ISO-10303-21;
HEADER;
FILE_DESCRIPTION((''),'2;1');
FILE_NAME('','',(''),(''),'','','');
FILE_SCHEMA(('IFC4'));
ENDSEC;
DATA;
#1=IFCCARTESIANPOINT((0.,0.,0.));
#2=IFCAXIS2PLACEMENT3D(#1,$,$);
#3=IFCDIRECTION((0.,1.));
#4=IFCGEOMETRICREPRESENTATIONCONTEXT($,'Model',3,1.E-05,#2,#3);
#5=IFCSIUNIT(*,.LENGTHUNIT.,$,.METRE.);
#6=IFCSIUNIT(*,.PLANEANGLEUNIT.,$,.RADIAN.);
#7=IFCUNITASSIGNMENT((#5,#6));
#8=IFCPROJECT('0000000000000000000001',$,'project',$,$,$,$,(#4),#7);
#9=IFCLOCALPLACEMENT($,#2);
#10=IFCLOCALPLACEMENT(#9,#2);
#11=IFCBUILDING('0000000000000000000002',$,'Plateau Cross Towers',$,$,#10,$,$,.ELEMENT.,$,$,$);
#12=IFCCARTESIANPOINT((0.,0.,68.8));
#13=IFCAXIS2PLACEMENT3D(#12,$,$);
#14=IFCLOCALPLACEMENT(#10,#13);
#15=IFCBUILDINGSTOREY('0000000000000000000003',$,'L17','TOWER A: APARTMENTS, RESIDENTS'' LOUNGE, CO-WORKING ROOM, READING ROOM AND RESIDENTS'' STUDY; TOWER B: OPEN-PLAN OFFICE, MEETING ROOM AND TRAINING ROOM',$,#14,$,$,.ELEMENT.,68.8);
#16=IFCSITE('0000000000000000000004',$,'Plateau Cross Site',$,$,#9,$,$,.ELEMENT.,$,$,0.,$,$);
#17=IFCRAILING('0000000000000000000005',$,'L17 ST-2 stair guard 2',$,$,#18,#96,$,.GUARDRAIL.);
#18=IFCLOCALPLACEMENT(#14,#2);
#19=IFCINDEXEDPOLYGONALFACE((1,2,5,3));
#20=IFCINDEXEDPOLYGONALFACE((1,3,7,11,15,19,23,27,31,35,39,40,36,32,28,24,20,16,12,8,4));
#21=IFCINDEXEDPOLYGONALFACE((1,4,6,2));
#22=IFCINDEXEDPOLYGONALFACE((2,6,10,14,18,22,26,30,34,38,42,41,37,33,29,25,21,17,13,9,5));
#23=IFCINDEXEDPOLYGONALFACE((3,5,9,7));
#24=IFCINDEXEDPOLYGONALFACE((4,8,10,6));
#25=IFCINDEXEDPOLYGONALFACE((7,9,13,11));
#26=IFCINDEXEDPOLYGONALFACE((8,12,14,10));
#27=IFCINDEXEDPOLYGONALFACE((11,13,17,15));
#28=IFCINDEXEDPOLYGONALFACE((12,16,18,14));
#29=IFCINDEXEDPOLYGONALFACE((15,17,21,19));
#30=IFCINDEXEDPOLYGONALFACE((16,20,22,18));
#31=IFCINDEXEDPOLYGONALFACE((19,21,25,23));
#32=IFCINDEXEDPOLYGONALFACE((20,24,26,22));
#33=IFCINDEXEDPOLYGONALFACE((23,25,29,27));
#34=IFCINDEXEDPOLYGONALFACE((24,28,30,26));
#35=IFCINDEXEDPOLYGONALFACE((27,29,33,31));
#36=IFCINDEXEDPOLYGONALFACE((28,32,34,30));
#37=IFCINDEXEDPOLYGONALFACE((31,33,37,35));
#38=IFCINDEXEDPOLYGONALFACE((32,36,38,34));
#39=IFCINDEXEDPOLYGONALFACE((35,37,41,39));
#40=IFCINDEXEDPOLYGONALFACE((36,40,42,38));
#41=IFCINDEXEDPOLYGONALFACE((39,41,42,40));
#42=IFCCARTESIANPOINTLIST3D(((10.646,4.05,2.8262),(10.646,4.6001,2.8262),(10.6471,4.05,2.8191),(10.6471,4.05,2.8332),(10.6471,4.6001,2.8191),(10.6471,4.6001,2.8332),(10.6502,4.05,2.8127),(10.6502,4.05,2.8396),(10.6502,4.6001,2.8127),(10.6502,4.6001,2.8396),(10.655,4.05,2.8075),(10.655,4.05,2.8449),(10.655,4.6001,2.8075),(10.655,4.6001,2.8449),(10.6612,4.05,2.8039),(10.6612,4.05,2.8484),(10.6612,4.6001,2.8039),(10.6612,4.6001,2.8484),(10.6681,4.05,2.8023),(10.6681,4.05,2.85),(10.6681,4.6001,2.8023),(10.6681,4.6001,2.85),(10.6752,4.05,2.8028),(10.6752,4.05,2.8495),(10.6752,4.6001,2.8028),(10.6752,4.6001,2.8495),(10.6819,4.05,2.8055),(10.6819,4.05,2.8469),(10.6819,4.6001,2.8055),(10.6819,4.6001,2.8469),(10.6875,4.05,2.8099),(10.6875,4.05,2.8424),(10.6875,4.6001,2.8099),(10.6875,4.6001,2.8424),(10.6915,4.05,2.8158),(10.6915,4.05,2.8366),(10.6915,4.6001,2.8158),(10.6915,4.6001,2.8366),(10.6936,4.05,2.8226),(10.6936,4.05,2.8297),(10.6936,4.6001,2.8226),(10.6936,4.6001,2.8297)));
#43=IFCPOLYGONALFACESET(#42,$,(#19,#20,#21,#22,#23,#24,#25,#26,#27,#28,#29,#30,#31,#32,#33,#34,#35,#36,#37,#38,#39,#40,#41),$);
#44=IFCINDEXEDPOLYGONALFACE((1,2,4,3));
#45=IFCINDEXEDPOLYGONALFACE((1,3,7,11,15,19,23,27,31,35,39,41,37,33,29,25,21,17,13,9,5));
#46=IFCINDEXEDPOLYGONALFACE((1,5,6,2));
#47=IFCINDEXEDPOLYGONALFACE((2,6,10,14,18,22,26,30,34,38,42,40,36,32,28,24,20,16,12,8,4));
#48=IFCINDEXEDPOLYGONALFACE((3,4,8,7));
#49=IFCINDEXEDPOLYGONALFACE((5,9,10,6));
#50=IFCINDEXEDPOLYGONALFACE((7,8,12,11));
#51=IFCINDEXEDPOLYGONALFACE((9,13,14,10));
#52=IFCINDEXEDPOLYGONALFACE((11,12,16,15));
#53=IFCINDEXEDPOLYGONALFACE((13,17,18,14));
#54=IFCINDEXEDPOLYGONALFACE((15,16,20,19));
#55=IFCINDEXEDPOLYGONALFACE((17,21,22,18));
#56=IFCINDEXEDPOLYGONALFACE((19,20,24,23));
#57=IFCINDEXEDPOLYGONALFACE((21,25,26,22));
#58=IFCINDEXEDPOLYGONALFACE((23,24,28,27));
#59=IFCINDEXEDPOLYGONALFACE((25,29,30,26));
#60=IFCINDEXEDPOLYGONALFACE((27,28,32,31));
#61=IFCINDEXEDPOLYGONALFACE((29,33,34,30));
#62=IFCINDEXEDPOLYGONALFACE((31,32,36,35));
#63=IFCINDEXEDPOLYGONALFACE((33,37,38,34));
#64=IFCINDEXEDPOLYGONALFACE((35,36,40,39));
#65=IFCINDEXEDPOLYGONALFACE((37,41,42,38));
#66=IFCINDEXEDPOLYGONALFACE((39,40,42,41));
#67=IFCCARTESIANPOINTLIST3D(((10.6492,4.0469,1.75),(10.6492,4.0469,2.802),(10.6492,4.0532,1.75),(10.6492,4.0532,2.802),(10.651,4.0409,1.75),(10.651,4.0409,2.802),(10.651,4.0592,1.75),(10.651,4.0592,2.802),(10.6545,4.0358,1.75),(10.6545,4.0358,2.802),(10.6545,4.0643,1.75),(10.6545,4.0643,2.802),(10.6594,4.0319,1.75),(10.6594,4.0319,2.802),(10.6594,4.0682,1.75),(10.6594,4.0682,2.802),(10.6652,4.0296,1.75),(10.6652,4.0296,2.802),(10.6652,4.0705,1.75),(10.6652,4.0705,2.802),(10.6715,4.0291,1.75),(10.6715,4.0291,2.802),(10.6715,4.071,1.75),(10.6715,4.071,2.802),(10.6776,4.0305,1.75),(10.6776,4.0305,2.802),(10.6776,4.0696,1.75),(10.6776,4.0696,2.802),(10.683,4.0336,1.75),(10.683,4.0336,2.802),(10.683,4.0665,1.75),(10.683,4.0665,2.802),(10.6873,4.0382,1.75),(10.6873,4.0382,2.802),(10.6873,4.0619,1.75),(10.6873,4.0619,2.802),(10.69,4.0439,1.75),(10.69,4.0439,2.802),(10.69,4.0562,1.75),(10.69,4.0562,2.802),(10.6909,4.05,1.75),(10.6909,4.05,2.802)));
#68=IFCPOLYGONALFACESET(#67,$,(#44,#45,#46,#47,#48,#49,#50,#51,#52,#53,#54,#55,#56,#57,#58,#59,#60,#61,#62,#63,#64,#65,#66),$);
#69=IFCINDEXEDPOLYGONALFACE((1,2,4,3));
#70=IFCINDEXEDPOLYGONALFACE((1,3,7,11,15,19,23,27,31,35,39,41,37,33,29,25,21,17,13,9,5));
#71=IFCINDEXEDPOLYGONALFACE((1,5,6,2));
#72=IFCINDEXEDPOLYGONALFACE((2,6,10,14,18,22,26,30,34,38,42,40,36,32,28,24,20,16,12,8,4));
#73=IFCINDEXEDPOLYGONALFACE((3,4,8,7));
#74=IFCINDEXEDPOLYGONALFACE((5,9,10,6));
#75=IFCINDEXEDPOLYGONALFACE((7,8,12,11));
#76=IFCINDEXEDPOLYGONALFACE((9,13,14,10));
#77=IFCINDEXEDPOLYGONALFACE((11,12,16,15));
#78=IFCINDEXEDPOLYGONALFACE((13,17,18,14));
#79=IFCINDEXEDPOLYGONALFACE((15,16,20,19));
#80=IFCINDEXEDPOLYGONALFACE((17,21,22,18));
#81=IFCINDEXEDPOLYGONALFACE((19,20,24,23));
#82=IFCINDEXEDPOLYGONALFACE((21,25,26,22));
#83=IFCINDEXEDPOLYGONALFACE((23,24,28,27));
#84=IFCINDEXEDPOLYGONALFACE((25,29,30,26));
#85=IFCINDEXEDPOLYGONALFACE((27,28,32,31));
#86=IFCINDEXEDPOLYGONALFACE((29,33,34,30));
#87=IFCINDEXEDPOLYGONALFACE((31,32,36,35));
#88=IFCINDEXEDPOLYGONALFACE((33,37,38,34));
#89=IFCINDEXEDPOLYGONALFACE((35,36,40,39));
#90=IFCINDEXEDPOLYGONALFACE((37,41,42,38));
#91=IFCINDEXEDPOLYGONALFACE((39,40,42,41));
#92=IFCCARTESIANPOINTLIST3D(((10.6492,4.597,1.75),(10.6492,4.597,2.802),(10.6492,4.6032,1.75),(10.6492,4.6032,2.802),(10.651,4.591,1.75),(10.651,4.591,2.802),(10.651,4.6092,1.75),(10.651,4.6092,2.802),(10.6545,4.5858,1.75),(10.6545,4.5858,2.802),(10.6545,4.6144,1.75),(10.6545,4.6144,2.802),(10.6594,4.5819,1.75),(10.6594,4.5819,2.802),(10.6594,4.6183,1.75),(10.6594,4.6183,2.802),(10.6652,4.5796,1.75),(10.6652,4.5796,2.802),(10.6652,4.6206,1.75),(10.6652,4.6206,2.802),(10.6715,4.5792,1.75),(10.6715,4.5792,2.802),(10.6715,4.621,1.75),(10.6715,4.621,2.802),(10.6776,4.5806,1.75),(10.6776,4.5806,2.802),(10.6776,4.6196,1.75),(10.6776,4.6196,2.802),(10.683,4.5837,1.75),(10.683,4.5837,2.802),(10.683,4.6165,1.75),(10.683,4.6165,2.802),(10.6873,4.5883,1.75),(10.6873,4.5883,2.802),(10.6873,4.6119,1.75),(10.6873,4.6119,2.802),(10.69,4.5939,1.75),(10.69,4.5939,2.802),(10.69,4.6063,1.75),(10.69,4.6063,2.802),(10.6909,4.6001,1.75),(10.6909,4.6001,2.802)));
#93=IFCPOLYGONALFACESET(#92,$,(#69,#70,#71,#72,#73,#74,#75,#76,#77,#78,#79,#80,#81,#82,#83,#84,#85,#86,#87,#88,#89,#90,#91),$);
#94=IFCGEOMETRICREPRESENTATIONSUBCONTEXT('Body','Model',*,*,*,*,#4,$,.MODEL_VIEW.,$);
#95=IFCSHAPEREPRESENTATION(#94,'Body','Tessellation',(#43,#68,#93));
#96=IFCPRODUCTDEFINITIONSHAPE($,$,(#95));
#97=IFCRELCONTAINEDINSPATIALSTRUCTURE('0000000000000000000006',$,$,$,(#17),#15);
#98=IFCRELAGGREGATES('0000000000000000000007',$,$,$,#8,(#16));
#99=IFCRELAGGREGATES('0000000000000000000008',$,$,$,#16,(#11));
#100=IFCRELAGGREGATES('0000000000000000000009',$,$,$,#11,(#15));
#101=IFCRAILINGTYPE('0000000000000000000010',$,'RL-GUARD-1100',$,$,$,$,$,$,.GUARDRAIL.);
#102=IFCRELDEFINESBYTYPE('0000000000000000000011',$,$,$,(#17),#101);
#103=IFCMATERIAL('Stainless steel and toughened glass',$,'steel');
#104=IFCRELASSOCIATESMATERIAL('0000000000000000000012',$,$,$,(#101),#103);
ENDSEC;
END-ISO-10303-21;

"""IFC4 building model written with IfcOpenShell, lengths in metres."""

from ifc_helpers import new_model, si_unit, direction, frame, origin, origin_2d, place, context, subcontext, project, spatial, circle, extrude, material, type_object, element, save


model = new_model("IFC4")

# Units and contexts
model_context = context("Model", 3, precision=1e-05, world=origin(), true_north=direction((0.0, 1.0)))
body_context = subcontext(model_context, "Body", "Model", "MODEL_VIEW")
ifc_project = project(units=[si_unit("LENGTHUNIT", "METRE"), si_unit("PLANEANGLEUNIT", "RADIAN")], contexts=[model_context])

# Site, building, storey
site_placement = place(None, origin())
site = spatial("IfcSite", under=ifc_project, at=site_placement, Name="Plateau Cross Site", CompositionType="ELEMENT", RefElevation=0.0)
building_placement = place(site_placement, origin())
building = spatial("IfcBuilding", under=site, at=building_placement, Name="Plateau Cross Towers", CompositionType="ELEMENT")
storey_placement = place(building_placement, frame((0.0, 0.0, 68.8)))
storey = spatial("IfcBuildingStorey", under=building, at=storey_placement, Name="L17", Description="TOWER A: APARTMENTS, RESIDENTS' LOUNGE, CO-WORKING ROOM, READING ROOM AND RESIDENTS' STUDY; TOWER B: OPEN-PLAN OFFICE, MEETING ROOM AND TRAINING ROOM", CompositionType="ELEMENT", Elevation=68.8)

# Railing
ifc_material_1 = material(Name="Stainless steel and toughened glass", Category="steel")
railing_type_1 = type_object("IfcRailingType", Name="RL-GUARD-1100", PredefinedType="GUARDRAIL", material=ifc_material_1)
railing_1_placement = place(storey_placement, frame((10.6699, 4.05, 1.75)))
element("IfcRailing", 1, at=railing_1_placement, inside=storey, type_object=railing_type_1, Name="L17 ST-2 stair guard 2", PredefinedType="GUARDRAIL", context=body_context, shape_type="SweptSolid", body=[
    extrude(circle(Radius=0.0239, at=origin_2d()), frame((0.0, 0.0, 1.0762), z_axis=(0.0, 1.0, 0.0), x_axis=(-1.0, 0.0, 0.0)), (0.0, 0.0, 1.0), 0.55),
    extrude(circle(Radius=0.021, at=origin_2d()), origin(), (0.0, 0.0, 1.0), 1.052),
    extrude(circle(Radius=0.021, at=origin_2d()), frame((0.0, 0.55, 0.0)), (0.0, 0.0, 1.0), 1.052),
])

save(model, "model.ifc")
